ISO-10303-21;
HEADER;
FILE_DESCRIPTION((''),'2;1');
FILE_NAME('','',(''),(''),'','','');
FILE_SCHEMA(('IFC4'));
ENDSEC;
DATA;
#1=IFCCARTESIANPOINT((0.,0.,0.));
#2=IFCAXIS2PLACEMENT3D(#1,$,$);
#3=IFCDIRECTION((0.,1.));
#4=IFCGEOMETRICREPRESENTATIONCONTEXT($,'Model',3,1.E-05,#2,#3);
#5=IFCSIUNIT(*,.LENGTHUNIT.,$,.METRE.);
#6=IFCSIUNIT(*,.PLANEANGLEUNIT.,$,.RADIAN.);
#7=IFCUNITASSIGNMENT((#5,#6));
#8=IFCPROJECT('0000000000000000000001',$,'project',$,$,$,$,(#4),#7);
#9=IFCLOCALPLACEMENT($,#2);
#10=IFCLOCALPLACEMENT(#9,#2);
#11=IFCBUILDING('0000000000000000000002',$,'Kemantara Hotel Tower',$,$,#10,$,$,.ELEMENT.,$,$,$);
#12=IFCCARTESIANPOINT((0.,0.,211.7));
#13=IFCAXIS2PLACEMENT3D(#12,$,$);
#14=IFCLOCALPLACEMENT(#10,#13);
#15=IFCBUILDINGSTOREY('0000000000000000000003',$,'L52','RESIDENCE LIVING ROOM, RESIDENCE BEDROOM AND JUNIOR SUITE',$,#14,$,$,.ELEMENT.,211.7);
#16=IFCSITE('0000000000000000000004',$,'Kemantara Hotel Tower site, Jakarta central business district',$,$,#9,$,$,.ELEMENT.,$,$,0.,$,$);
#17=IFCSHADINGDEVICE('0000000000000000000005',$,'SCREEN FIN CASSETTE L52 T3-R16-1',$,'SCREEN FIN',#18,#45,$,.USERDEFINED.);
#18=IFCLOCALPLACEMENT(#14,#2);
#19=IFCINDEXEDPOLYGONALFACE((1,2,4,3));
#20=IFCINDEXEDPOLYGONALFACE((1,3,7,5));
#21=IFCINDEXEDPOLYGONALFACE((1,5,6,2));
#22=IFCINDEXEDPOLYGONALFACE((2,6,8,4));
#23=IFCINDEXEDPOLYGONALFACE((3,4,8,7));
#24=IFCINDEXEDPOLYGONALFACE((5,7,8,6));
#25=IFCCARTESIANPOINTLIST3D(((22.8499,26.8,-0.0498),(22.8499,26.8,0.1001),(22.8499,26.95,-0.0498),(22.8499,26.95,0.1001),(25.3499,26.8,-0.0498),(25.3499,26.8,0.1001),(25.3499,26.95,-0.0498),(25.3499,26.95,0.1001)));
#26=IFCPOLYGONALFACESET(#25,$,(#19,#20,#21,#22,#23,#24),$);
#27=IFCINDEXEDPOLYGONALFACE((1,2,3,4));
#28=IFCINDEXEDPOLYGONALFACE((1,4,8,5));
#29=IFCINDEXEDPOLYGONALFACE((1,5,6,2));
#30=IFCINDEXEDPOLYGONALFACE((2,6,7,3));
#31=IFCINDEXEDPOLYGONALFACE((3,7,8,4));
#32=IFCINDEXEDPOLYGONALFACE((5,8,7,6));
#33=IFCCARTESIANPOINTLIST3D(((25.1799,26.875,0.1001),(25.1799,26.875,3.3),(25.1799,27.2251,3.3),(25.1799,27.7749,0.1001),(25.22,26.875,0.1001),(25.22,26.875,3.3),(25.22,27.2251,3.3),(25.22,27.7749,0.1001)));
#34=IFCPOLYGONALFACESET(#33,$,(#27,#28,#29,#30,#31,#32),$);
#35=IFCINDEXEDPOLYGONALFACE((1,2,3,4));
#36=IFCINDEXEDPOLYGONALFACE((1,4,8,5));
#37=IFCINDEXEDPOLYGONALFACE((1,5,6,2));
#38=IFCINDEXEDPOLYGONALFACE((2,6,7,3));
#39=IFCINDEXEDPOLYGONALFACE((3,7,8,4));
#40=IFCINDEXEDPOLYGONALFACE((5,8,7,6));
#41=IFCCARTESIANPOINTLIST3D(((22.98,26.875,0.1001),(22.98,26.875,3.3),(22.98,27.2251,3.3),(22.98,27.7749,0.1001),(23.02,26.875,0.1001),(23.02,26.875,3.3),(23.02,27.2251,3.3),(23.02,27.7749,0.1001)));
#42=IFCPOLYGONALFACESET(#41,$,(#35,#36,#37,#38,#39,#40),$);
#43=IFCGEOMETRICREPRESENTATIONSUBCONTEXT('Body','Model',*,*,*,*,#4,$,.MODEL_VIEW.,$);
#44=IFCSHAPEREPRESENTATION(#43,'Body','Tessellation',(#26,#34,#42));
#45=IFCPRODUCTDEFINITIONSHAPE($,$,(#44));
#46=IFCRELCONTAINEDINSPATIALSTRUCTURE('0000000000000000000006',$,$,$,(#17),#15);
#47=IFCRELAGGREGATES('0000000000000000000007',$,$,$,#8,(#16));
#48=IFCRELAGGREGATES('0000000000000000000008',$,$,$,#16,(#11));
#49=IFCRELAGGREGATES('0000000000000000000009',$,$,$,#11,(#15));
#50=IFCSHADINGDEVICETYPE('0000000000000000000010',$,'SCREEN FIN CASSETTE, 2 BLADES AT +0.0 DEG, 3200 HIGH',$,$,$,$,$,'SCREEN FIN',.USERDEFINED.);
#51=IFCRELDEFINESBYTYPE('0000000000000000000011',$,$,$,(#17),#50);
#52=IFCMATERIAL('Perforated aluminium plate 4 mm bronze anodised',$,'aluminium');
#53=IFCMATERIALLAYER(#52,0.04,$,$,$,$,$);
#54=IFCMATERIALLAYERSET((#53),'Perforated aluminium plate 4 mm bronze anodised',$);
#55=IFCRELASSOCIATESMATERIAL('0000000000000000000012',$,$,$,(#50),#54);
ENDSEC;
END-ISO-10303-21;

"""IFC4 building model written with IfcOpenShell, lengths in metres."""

from ifc_helpers import new_model, si_unit, direction, frame, origin, origin_2d, place, context, subcontext, project, spatial, polyline, rectangle, outline, extrude, source, transform, mapped, material, layer, layer_set, type_object, element, save


model = new_model("IFC4")

# Units and contexts
model_context = context("Model", 3, precision=1e-05, world=origin(), true_north=direction((0.0, 1.0)))
body_context = subcontext(model_context, "Body", "Model", "MODEL_VIEW")
ifc_project = project(units=[si_unit("LENGTHUNIT", "METRE"), si_unit("PLANEANGLEUNIT", "RADIAN")], contexts=[model_context])

# Site, building, storey
site_placement = place(None, origin())
site = spatial("IfcSite", under=ifc_project, at=site_placement, Name="Kemantara Hotel Tower site, Jakarta central business district", CompositionType="ELEMENT", RefElevation=0.0)
building_placement = place(site_placement, origin())
building = spatial("IfcBuilding", under=site, at=building_placement, Name="Kemantara Hotel Tower", CompositionType="ELEMENT")
storey_placement = place(building_placement, frame((0.0, 0.0, 211.7)))
storey = spatial("IfcBuildingStorey", under=building, at=storey_placement, Name="L52", Description="RESIDENCE LIVING ROOM, RESIDENCE BEDROOM AND JUNIOR SUITE", CompositionType="ELEMENT", Elevation=211.7)

# Shading device
ifc_material_1 = material(Name="Perforated aluminium plate 4 mm bronze anodised", Category="aluminium")
ifc_layer_1 = layer(ifc_material_1, 0.04)
ifc_layer_set_1 = layer_set([ifc_layer_1], Name="Perforated aluminium plate 4 mm bronze anodised")
shading_device_type_1 = type_object("IfcShadingDeviceType", Name="SCREEN FIN CASSETTE, 2 BLADES AT +0.0 DEG, 3200 HIGH", ElementType="SCREEN FIN", PredefinedType="USERDEFINED", material=ifc_layer_set_1)
shared_shape_1 = source(origin(), body_context, "Body", "SweptSolid", [
    extrude(rectangle(XDim=2.5, YDim=0.1499, at=origin_2d()), frame((1.1001, -0.075, -0.1499), z_axis=(0.0, 0.0, 1.0), x_axis=(1.0, 0.0, 0.0)), (0.0, 0.0, 1.0), 0.1499),
    extrude(outline(polyline([(0.0, 0.0), (0.8999, 0.0), (0.3501, 3.2), (0.0, 3.2), (0.0, 0.0)])), frame((0.02, -0.075, 0.0), z_axis=(-1.0, 0.0, 0.0), x_axis=(0.0, -1.0, 0.0)), (0.0, 0.0, 1.0), 0.04),
    extrude(outline(polyline([(0.0, 0.0), (0.8999, 0.0), (0.3501, 3.2), (0.0, 3.2), (0.0, 0.0)])), frame((2.22, -0.075, 0.0), z_axis=(-1.0, 0.0, 0.0), x_axis=(0.0, -1.0, 0.0)), (0.0, 0.0, 1.0), 0.04),
])
for number, where, z_axis, x_axis, name in (
    (1, (25.2, 26.8, 0.1001), (0.0, 0.0, 1.0), (-1.0, 0.0, 0.0), "SCREEN FIN CASSETTE L52 T3-R16-1"),
):
    element("IfcShadingDevice", number, at=place(storey_placement, frame(where, z_axis=z_axis, x_axis=x_axis)), inside=storey, type_object=shading_device_type_1, Name=name, ObjectType="SCREEN FIN", PredefinedType="USERDEFINED", context=body_context, shape_type="MappedRepresentation", body=[
        mapped(shared_shape_1, transform((0.0, 0.0, 0.0))),
    ])

save(model, "model.ifc")
